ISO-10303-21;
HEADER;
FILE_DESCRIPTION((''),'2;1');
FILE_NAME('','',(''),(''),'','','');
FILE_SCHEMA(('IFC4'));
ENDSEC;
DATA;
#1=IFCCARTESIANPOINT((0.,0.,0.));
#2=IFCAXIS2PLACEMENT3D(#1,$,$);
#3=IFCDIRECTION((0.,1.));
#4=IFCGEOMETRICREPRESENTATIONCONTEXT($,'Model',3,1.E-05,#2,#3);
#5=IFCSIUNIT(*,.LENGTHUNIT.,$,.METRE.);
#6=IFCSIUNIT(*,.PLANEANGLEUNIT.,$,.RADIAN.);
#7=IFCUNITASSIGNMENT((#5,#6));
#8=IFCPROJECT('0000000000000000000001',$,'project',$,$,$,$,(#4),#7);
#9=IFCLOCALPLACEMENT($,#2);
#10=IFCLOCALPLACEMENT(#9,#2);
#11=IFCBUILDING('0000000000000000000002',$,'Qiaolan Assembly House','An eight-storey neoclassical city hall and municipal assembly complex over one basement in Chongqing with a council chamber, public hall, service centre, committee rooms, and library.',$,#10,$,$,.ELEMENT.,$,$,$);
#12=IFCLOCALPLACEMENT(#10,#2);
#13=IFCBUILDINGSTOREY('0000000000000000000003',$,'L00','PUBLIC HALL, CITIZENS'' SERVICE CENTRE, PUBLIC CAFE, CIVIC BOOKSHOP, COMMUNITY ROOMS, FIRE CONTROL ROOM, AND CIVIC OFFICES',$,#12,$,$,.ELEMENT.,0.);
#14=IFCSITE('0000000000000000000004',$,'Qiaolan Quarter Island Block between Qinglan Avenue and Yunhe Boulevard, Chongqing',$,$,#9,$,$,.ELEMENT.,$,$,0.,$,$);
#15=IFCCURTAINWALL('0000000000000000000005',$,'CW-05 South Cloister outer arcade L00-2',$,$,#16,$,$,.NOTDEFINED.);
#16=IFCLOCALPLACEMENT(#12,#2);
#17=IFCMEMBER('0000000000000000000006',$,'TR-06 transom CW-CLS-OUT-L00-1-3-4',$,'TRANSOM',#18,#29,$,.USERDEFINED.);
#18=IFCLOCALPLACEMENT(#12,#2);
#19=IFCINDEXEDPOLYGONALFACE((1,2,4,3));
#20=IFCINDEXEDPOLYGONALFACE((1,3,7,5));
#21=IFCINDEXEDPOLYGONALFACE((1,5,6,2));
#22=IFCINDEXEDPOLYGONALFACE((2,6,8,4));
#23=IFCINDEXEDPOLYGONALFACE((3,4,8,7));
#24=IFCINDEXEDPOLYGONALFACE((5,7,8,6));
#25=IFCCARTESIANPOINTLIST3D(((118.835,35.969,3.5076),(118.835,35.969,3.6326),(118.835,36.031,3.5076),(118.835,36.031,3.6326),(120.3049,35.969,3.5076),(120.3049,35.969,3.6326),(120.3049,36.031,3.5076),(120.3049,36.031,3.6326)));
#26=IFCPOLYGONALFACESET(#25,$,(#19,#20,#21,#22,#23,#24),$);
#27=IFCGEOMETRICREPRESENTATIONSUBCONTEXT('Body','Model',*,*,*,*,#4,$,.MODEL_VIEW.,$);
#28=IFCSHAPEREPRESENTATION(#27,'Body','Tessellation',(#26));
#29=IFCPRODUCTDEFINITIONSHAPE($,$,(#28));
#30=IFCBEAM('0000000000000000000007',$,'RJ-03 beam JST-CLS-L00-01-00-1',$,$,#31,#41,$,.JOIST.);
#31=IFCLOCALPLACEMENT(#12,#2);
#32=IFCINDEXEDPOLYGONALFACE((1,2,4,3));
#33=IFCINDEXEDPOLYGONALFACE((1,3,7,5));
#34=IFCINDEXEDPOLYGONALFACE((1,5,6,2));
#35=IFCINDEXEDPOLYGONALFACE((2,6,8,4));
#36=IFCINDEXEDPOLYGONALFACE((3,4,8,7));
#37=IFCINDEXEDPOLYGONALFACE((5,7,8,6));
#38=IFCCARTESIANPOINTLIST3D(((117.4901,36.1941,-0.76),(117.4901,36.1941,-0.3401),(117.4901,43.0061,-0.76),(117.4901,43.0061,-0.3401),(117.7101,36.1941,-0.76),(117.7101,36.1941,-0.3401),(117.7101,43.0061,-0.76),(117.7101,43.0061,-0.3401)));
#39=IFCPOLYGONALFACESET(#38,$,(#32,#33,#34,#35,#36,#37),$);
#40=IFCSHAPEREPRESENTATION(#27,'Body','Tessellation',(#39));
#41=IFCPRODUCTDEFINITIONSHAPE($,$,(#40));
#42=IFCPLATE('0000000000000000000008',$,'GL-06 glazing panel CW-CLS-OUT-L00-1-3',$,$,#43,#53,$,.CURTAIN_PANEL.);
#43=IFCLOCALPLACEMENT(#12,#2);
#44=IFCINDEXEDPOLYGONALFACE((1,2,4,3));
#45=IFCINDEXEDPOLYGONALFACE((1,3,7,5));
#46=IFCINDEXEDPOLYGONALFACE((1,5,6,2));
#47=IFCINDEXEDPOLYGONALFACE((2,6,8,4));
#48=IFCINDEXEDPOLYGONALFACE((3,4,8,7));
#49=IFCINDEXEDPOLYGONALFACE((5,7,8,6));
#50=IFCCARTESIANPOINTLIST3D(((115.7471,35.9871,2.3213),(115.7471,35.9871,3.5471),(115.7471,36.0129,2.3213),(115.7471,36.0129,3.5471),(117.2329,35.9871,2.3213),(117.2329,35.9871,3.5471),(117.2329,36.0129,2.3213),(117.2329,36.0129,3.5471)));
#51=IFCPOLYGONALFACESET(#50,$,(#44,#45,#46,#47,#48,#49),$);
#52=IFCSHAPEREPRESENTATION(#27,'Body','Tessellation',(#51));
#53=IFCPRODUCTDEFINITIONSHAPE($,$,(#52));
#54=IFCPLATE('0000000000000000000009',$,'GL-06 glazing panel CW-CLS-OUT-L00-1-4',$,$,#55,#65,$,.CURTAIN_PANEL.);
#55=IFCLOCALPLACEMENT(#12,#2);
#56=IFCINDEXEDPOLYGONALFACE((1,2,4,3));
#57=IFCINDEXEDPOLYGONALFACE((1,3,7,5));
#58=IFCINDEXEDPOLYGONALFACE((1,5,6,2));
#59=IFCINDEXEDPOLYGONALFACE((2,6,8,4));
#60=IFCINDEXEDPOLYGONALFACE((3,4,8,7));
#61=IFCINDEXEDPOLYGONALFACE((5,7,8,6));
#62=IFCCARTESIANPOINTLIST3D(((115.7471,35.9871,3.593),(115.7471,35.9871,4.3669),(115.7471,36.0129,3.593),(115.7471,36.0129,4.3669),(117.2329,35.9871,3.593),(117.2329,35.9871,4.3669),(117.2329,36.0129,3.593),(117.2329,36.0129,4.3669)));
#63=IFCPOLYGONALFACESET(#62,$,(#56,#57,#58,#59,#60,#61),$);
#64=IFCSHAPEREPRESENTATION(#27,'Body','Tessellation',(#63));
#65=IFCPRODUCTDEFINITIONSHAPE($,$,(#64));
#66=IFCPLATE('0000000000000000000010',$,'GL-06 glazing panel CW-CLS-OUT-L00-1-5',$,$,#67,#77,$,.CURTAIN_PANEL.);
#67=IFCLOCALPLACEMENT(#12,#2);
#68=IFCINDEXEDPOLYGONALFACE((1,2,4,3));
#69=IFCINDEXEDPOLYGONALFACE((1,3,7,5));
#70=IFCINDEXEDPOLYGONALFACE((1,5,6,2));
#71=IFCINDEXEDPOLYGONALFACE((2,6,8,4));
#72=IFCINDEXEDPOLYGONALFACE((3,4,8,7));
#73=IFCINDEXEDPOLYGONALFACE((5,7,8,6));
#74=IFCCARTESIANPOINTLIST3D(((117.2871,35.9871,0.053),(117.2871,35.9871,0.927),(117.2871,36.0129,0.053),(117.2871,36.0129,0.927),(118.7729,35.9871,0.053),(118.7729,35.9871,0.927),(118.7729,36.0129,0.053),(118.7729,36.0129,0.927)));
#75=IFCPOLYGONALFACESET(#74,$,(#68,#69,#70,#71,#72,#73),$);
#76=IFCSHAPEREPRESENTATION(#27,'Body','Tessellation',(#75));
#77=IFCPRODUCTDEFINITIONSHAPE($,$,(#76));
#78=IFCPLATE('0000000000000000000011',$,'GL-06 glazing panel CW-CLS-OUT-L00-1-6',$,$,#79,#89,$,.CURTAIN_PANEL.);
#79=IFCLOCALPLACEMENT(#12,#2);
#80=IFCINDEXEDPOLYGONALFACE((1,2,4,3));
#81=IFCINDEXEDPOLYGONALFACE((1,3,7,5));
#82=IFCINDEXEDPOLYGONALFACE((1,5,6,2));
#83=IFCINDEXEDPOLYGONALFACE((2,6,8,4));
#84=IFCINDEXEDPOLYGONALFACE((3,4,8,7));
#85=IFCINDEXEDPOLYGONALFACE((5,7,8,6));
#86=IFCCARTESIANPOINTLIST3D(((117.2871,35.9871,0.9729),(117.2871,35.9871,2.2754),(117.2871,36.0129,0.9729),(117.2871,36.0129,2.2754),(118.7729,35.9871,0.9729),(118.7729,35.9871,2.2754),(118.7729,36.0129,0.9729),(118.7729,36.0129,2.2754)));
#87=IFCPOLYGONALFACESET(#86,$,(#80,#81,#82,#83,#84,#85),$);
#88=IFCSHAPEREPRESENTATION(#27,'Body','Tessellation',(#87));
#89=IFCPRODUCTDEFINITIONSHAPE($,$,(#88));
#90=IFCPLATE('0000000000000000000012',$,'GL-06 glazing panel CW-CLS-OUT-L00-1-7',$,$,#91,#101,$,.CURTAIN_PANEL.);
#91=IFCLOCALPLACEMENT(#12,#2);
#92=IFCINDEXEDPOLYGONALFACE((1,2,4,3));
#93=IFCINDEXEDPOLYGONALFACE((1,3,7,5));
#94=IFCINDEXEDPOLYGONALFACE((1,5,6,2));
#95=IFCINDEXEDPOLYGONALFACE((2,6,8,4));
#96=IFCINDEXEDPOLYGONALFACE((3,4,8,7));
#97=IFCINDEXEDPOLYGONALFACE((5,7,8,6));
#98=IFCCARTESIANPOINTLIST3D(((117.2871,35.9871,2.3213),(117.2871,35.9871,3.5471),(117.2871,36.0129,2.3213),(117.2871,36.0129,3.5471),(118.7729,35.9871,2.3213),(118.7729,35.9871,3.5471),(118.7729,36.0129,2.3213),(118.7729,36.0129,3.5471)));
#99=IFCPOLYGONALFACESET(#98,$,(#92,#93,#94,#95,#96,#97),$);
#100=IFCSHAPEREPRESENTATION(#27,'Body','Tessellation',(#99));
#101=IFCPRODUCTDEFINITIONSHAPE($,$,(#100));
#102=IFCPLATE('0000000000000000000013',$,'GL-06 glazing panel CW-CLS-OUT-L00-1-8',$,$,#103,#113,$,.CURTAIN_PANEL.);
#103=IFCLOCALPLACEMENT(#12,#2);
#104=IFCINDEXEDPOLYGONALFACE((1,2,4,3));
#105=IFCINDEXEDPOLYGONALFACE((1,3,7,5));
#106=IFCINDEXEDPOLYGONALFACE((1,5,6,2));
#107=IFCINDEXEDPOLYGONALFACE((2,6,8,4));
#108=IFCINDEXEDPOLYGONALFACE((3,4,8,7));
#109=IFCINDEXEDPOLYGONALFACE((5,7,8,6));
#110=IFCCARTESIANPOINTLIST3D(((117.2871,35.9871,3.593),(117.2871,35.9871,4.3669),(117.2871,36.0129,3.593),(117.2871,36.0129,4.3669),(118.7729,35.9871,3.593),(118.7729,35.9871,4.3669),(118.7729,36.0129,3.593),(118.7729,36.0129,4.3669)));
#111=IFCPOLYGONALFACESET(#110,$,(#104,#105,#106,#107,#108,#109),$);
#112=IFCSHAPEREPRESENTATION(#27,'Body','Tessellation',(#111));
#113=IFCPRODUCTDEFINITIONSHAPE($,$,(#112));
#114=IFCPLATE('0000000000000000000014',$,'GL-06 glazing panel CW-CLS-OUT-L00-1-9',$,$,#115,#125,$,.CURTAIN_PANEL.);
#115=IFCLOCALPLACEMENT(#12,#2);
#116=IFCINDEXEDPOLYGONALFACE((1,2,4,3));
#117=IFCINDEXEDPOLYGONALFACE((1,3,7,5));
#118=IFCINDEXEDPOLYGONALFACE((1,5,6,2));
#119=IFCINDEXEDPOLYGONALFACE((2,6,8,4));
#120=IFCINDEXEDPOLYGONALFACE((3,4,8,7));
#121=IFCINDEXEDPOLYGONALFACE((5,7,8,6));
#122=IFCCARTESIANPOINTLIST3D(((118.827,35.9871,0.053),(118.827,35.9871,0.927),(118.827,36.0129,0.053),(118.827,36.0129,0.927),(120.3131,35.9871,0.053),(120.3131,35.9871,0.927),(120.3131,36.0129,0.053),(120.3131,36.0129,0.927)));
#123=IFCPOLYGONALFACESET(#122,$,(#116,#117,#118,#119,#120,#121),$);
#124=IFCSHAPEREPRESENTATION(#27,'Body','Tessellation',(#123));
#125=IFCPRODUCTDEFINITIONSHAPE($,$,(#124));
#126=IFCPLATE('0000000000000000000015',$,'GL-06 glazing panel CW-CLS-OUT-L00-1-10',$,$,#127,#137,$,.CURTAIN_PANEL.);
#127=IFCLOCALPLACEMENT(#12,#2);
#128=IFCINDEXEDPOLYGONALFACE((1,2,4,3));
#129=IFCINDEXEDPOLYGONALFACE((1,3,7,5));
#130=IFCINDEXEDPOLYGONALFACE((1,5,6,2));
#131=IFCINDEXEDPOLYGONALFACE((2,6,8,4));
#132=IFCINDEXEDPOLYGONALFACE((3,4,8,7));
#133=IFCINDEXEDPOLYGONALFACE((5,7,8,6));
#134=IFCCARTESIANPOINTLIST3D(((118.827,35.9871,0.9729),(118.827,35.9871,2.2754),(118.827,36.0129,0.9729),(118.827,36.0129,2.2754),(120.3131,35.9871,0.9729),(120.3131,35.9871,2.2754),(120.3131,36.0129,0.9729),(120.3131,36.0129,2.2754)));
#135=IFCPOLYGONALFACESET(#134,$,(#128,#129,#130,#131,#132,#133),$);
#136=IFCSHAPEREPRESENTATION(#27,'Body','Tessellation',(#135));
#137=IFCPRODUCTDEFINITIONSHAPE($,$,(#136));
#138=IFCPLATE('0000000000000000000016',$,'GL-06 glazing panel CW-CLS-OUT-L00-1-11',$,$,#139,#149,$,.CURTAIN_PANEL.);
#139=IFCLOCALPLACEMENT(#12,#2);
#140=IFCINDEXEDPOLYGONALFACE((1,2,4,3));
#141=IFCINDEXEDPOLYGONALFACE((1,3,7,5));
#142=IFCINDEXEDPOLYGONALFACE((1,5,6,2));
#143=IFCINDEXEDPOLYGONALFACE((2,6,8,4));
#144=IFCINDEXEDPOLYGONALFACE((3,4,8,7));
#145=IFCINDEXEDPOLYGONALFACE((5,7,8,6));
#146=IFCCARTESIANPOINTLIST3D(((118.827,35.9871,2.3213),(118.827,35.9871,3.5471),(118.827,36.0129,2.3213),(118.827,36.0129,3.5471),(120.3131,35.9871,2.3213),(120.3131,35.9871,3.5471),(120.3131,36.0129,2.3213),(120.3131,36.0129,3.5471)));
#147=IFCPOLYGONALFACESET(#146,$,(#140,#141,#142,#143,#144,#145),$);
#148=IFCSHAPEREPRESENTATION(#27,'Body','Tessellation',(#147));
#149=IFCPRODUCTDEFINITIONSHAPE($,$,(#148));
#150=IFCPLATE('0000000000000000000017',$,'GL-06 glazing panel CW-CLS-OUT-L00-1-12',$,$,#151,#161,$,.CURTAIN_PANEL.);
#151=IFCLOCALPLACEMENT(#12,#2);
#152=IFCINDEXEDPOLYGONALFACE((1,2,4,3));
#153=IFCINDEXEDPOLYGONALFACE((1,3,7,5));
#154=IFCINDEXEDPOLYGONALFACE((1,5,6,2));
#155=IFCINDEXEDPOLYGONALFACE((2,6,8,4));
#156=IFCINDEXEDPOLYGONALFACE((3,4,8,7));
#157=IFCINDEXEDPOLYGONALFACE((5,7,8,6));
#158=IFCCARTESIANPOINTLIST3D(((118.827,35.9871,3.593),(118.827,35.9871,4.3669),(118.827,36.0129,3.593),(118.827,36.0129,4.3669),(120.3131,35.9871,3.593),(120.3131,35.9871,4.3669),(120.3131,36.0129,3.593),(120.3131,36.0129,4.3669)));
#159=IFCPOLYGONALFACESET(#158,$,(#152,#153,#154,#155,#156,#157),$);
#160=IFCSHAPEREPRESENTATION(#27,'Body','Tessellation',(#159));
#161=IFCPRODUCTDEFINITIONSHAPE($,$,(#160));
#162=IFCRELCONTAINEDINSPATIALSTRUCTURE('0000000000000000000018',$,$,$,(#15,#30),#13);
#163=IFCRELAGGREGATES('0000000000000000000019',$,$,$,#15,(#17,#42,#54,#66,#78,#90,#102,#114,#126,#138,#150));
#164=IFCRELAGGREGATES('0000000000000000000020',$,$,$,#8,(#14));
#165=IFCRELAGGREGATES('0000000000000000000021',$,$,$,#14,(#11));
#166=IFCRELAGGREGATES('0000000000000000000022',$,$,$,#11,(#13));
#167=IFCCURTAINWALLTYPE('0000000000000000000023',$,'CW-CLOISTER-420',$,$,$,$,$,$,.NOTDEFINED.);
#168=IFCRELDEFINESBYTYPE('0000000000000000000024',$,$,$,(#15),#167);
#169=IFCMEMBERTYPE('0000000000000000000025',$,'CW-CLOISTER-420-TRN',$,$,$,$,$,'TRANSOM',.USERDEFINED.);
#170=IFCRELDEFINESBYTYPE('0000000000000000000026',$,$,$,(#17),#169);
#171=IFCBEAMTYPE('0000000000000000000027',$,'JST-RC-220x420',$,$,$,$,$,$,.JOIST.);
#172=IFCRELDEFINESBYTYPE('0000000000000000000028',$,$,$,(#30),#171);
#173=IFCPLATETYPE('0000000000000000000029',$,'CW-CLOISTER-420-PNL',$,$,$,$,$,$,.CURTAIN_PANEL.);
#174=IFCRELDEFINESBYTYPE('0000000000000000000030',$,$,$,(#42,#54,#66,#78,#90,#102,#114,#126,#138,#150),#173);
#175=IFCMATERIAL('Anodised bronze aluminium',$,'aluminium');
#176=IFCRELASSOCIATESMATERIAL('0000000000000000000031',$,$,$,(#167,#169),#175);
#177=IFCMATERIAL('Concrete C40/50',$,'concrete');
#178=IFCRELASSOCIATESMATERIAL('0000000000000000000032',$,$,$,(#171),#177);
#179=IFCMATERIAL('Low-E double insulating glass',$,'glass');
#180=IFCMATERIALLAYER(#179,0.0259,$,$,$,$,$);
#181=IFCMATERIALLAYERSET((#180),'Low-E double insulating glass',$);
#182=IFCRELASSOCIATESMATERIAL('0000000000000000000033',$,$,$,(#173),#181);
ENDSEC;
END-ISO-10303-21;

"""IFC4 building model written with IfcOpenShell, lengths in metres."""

from ifc_helpers import new_model, si_unit, direction, frame, frame_2d, origin, origin_2d, place, context, subcontext, project, spatial, rectangle, extrude, material, layer, layer_set, material_profile, profile_set, type_object, element, aggregate, save


model = new_model("IFC4")

# Units and contexts
model_context = context("Model", 3, precision=1e-05, world=origin(), true_north=direction((0.0, 1.0)))
body_context = subcontext(model_context, "Body", "Model", "MODEL_VIEW")
ifc_project = project(units=[si_unit("LENGTHUNIT", "METRE"), si_unit("PLANEANGLEUNIT", "RADIAN")], contexts=[model_context])

# Site, building, storey
site_placement = place(None, origin())
site = spatial("IfcSite", under=ifc_project, at=site_placement, Name="Qiaolan Quarter Island Block between Qinglan Avenue and Yunhe Boulevard, Chongqing", CompositionType="ELEMENT", RefElevation=0.0)
building_placement = place(site_placement, origin())
building = spatial("IfcBuilding", under=site, at=building_placement, Name="Qiaolan Assembly House", Description="An eight-storey neoclassical city hall and municipal assembly complex over one basement in Chongqing with a council chamber, public hall, service centre, committee rooms, and library.", CompositionType="ELEMENT")
storey_placement = place(building_placement, origin())
storey = spatial("IfcBuildingStorey", under=building, at=storey_placement, Name="L00", Description="PUBLIC HALL, CITIZENS' SERVICE CENTRE, PUBLIC CAFE, CIVIC BOOKSHOP, COMMUNITY ROOMS, FIRE CONTROL ROOM, AND CIVIC OFFICES", CompositionType="ELEMENT", Elevation=0.0)

# Curtain wall, member
ifc_material_1 = material(Name="Anodised bronze aluminium", Category="aluminium")
curtain_wall_type = type_object("IfcCurtainWallType", Name="CW-CLOISTER-420", PredefinedType="NOTDEFINED", material=ifc_material_1)
curtain_wall_placement = place(storey_placement, origin())
curtain_wall = element("IfcCurtainWall", 1, at=curtain_wall_placement, inside=storey, type_object=curtain_wall_type, Name="CW-05 South Cloister outer arcade L00-2", PredefinedType="NOTDEFINED")
ifc_material_profile_1 = material_profile(ifc_material_1, rectangle(XDim=0.062, YDim=0.125, at=origin_2d()), Name="TRN 62x125")
ifc_profile_set_1 = profile_set([ifc_material_profile_1], Name="Anodised bronze aluminium")
member_type_1 = type_object("IfcMemberType", Name="CW-CLOISTER-420-TRN", ElementType="TRANSOM", PredefinedType="USERDEFINED", material=ifc_profile_set_1)
member_1_placement = place(storey_placement, frame((118.835, 36.0, 3.5701), z_axis=(1.0, 0.0, 0.0), x_axis=(0.0, 1.0, 0.0)))
member_1 = element("IfcMember", 2, at=member_1_placement, type_object=member_type_1, Name="TR-06 transom CW-CLS-OUT-L00-1-3-4", ObjectType="TRANSOM", PredefinedType="USERDEFINED", context=body_context, shape_type="SweptSolid", body=[
    extrude(rectangle(XDim=0.062, YDim=0.125, at=origin_2d()), origin(), (0.0, 0.0, 1.0), 1.47),
])

# Beam
ifc_material_2 = material(Name="Concrete C40/50", Category="concrete")
ifc_material_profile_2 = material_profile(ifc_material_2, rectangle(XDim=0.22, YDim=0.4199, at=origin_2d()), Name="RCB 220x420")
ifc_profile_set_2 = profile_set([ifc_material_profile_2], Name="Concrete C40/50")
beam_type = type_object("IfcBeamType", Name="JST-RC-220x420", PredefinedType="JOIST", material=ifc_profile_set_2)
beam_placement = place(storey_placement, frame((117.6001, 36.1941, -0.55), z_axis=(0.0, 1.0, 0.0), x_axis=(-1.0, 0.0, 0.0)))
element("IfcBeam", 3, at=beam_placement, inside=storey, type_object=beam_type, Name="RJ-03 beam JST-CLS-L00-01-00-1", PredefinedType="JOIST", context=body_context, shape_type="SweptSolid", body=[
    extrude(rectangle(XDim=0.22, YDim=0.4199, at=origin_2d()), origin(), (0.0, 0.0, 1.0), 6.812),
])

# Plates
ifc_material_3 = material(Name="Low-E double insulating glass", Category="glass")
ifc_layer = layer(ifc_material_3, 0.0259)
ifc_layer_set = layer_set([ifc_layer], Name="Low-E double insulating glass")
plate_type = type_object("IfcPlateType", Name="CW-CLOISTER-420-PNL", PredefinedType="CURTAIN_PANEL", material=ifc_layer_set)
plate_1_placement = place(storey_placement, frame((115.7471, 36.0, 2.3213), z_axis=(0.0, 0.0, 1.0), x_axis=(1.0, 0.0, 0.0)))
plate_1 = element("IfcPlate", 4, at=plate_1_placement, type_object=plate_type, Name="GL-06 glazing panel CW-CLS-OUT-L00-1-3", PredefinedType="CURTAIN_PANEL", context=body_context, shape_type="SweptSolid", body=[
    extrude(rectangle(XDim=1.4858, YDim=0.0259, at=frame_2d((0.7429, 0.0))), origin(), (0.0, 0.0, 1.0), 1.2258),
])
plate_2_placement = place(storey_placement, frame((115.7471, 36.0, 3.593), z_axis=(0.0, 0.0, 1.0), x_axis=(1.0, 0.0, 0.0)))
plate_2 = element("IfcPlate", 5, at=plate_2_placement, type_object=plate_type, Name="GL-06 glazing panel CW-CLS-OUT-L00-1-4", PredefinedType="CURTAIN_PANEL", context=body_context, shape_type="SweptSolid", body=[
    extrude(rectangle(XDim=1.4858, YDim=0.0259, at=frame_2d((0.7429, 0.0))), origin(), (0.0, 0.0, 1.0), 0.7739),
])
plate_3_placement = place(storey_placement, frame((117.2871, 36.0, 0.053), z_axis=(0.0, 0.0, 1.0), x_axis=(1.0, 0.0, 0.0)))
plate_3 = element("IfcPlate", 6, at=plate_3_placement, type_object=plate_type, Name="GL-06 glazing panel CW-CLS-OUT-L00-1-5", PredefinedType="CURTAIN_PANEL", context=body_context, shape_type="SweptSolid", body=[
    extrude(rectangle(XDim=1.4858, YDim=0.0259, at=frame_2d((0.7429, 0.0))), origin(), (0.0, 0.0, 1.0), 0.874),
])
plate_4_placement = place(storey_placement, frame((117.2871, 36.0, 0.9729), z_axis=(0.0, 0.0, 1.0), x_axis=(1.0, 0.0, 0.0)))
plate_4 = element("IfcPlate", 7, at=plate_4_placement, type_object=plate_type, Name="GL-06 glazing panel CW-CLS-OUT-L00-1-6", PredefinedType="CURTAIN_PANEL", context=body_context, shape_type="SweptSolid", body=[
    extrude(rectangle(XDim=1.4858, YDim=0.0259, at=frame_2d((0.7429, 0.0))), origin(), (0.0, 0.0, 1.0), 1.3025),
])
plate_5_placement = place(storey_placement, frame((117.2871, 36.0, 2.3213), z_axis=(0.0, 0.0, 1.0), x_axis=(1.0, 0.0, 0.0)))
plate_5 = element("IfcPlate", 8, at=plate_5_placement, type_object=plate_type, Name="GL-06 glazing panel CW-CLS-OUT-L00-1-7", PredefinedType="CURTAIN_PANEL", context=body_context, shape_type="SweptSolid", body=[
    extrude(rectangle(XDim=1.4858, YDim=0.0259, at=frame_2d((0.7429, 0.0))), origin(), (0.0, 0.0, 1.0), 1.2258),
])
plate_6_placement = place(storey_placement, frame((117.2871, 36.0, 3.593), z_axis=(0.0, 0.0, 1.0), x_axis=(1.0, 0.0, 0.0)))
plate_6 = element("IfcPlate", 9, at=plate_6_placement, type_object=plate_type, Name="GL-06 glazing panel CW-CLS-OUT-L00-1-8", PredefinedType="CURTAIN_PANEL", context=body_context, shape_type="SweptSolid", body=[
    extrude(rectangle(XDim=1.4858, YDim=0.0259, at=frame_2d((0.7429, 0.0))), origin(), (0.0, 0.0, 1.0), 0.7739),
])
plate_7_placement = place(storey_placement, frame((118.8269, 36.0, 0.053), z_axis=(0.0, 0.0, 1.0), x_axis=(1.0, 0.0, 0.0)))
plate_7 = element("IfcPlate", 10, at=plate_7_placement, type_object=plate_type, Name="GL-06 glazing panel CW-CLS-OUT-L00-1-9", PredefinedType="CURTAIN_PANEL", context=body_context, shape_type="SweptSolid", body=[
    extrude(rectangle(XDim=1.4861, YDim=0.0259, at=frame_2d((0.7432, 0.0))), origin(), (0.0, 0.0, 1.0), 0.874),
])
plate_8_placement = place(storey_placement, frame((118.8269, 36.0, 0.9729), z_axis=(0.0, 0.0, 1.0), x_axis=(1.0, 0.0, 0.0)))
plate_8 = element("IfcPlate", 11, at=plate_8_placement, type_object=plate_type, Name="GL-06 glazing panel CW-CLS-OUT-L00-1-10", PredefinedType="CURTAIN_PANEL", context=body_context, shape_type="SweptSolid", body=[
    extrude(rectangle(XDim=1.4861, YDim=0.0259, at=frame_2d((0.7432, 0.0))), origin(), (0.0, 0.0, 1.0), 1.3025),
])
plate_9_placement = place(storey_placement, frame((118.8269, 36.0, 2.3213), z_axis=(0.0, 0.0, 1.0), x_axis=(1.0, 0.0, 0.0)))
plate_9 = element("IfcPlate", 12, at=plate_9_placement, type_object=plate_type, Name="GL-06 glazing panel CW-CLS-OUT-L00-1-11", PredefinedType="CURTAIN_PANEL", context=body_context, shape_type="SweptSolid", body=[
    extrude(rectangle(XDim=1.4861, YDim=0.0259, at=frame_2d((0.7432, 0.0))), origin(), (0.0, 0.0, 1.0), 1.2258),
])
plate_10_placement = place(storey_placement, frame((118.8269, 36.0, 3.593), z_axis=(0.0, 0.0, 1.0), x_axis=(1.0, 0.0, 0.0)))
plate_10 = element("IfcPlate", 13, at=plate_10_placement, type_object=plate_type, Name="GL-06 glazing panel CW-CLS-OUT-L00-1-12", PredefinedType="CURTAIN_PANEL", context=body_context, shape_type="SweptSolid", body=[
    extrude(rectangle(XDim=1.4861, YDim=0.0259, at=frame_2d((0.7432, 0.0))), origin(), (0.0, 0.0, 1.0), 0.7739),
])
aggregate(curtain_wall, [member_1, plate_1, plate_2, plate_3, plate_4, plate_5, plate_6, plate_7, plate_8, plate_9, plate_10])

save(model, "model.ifc")
